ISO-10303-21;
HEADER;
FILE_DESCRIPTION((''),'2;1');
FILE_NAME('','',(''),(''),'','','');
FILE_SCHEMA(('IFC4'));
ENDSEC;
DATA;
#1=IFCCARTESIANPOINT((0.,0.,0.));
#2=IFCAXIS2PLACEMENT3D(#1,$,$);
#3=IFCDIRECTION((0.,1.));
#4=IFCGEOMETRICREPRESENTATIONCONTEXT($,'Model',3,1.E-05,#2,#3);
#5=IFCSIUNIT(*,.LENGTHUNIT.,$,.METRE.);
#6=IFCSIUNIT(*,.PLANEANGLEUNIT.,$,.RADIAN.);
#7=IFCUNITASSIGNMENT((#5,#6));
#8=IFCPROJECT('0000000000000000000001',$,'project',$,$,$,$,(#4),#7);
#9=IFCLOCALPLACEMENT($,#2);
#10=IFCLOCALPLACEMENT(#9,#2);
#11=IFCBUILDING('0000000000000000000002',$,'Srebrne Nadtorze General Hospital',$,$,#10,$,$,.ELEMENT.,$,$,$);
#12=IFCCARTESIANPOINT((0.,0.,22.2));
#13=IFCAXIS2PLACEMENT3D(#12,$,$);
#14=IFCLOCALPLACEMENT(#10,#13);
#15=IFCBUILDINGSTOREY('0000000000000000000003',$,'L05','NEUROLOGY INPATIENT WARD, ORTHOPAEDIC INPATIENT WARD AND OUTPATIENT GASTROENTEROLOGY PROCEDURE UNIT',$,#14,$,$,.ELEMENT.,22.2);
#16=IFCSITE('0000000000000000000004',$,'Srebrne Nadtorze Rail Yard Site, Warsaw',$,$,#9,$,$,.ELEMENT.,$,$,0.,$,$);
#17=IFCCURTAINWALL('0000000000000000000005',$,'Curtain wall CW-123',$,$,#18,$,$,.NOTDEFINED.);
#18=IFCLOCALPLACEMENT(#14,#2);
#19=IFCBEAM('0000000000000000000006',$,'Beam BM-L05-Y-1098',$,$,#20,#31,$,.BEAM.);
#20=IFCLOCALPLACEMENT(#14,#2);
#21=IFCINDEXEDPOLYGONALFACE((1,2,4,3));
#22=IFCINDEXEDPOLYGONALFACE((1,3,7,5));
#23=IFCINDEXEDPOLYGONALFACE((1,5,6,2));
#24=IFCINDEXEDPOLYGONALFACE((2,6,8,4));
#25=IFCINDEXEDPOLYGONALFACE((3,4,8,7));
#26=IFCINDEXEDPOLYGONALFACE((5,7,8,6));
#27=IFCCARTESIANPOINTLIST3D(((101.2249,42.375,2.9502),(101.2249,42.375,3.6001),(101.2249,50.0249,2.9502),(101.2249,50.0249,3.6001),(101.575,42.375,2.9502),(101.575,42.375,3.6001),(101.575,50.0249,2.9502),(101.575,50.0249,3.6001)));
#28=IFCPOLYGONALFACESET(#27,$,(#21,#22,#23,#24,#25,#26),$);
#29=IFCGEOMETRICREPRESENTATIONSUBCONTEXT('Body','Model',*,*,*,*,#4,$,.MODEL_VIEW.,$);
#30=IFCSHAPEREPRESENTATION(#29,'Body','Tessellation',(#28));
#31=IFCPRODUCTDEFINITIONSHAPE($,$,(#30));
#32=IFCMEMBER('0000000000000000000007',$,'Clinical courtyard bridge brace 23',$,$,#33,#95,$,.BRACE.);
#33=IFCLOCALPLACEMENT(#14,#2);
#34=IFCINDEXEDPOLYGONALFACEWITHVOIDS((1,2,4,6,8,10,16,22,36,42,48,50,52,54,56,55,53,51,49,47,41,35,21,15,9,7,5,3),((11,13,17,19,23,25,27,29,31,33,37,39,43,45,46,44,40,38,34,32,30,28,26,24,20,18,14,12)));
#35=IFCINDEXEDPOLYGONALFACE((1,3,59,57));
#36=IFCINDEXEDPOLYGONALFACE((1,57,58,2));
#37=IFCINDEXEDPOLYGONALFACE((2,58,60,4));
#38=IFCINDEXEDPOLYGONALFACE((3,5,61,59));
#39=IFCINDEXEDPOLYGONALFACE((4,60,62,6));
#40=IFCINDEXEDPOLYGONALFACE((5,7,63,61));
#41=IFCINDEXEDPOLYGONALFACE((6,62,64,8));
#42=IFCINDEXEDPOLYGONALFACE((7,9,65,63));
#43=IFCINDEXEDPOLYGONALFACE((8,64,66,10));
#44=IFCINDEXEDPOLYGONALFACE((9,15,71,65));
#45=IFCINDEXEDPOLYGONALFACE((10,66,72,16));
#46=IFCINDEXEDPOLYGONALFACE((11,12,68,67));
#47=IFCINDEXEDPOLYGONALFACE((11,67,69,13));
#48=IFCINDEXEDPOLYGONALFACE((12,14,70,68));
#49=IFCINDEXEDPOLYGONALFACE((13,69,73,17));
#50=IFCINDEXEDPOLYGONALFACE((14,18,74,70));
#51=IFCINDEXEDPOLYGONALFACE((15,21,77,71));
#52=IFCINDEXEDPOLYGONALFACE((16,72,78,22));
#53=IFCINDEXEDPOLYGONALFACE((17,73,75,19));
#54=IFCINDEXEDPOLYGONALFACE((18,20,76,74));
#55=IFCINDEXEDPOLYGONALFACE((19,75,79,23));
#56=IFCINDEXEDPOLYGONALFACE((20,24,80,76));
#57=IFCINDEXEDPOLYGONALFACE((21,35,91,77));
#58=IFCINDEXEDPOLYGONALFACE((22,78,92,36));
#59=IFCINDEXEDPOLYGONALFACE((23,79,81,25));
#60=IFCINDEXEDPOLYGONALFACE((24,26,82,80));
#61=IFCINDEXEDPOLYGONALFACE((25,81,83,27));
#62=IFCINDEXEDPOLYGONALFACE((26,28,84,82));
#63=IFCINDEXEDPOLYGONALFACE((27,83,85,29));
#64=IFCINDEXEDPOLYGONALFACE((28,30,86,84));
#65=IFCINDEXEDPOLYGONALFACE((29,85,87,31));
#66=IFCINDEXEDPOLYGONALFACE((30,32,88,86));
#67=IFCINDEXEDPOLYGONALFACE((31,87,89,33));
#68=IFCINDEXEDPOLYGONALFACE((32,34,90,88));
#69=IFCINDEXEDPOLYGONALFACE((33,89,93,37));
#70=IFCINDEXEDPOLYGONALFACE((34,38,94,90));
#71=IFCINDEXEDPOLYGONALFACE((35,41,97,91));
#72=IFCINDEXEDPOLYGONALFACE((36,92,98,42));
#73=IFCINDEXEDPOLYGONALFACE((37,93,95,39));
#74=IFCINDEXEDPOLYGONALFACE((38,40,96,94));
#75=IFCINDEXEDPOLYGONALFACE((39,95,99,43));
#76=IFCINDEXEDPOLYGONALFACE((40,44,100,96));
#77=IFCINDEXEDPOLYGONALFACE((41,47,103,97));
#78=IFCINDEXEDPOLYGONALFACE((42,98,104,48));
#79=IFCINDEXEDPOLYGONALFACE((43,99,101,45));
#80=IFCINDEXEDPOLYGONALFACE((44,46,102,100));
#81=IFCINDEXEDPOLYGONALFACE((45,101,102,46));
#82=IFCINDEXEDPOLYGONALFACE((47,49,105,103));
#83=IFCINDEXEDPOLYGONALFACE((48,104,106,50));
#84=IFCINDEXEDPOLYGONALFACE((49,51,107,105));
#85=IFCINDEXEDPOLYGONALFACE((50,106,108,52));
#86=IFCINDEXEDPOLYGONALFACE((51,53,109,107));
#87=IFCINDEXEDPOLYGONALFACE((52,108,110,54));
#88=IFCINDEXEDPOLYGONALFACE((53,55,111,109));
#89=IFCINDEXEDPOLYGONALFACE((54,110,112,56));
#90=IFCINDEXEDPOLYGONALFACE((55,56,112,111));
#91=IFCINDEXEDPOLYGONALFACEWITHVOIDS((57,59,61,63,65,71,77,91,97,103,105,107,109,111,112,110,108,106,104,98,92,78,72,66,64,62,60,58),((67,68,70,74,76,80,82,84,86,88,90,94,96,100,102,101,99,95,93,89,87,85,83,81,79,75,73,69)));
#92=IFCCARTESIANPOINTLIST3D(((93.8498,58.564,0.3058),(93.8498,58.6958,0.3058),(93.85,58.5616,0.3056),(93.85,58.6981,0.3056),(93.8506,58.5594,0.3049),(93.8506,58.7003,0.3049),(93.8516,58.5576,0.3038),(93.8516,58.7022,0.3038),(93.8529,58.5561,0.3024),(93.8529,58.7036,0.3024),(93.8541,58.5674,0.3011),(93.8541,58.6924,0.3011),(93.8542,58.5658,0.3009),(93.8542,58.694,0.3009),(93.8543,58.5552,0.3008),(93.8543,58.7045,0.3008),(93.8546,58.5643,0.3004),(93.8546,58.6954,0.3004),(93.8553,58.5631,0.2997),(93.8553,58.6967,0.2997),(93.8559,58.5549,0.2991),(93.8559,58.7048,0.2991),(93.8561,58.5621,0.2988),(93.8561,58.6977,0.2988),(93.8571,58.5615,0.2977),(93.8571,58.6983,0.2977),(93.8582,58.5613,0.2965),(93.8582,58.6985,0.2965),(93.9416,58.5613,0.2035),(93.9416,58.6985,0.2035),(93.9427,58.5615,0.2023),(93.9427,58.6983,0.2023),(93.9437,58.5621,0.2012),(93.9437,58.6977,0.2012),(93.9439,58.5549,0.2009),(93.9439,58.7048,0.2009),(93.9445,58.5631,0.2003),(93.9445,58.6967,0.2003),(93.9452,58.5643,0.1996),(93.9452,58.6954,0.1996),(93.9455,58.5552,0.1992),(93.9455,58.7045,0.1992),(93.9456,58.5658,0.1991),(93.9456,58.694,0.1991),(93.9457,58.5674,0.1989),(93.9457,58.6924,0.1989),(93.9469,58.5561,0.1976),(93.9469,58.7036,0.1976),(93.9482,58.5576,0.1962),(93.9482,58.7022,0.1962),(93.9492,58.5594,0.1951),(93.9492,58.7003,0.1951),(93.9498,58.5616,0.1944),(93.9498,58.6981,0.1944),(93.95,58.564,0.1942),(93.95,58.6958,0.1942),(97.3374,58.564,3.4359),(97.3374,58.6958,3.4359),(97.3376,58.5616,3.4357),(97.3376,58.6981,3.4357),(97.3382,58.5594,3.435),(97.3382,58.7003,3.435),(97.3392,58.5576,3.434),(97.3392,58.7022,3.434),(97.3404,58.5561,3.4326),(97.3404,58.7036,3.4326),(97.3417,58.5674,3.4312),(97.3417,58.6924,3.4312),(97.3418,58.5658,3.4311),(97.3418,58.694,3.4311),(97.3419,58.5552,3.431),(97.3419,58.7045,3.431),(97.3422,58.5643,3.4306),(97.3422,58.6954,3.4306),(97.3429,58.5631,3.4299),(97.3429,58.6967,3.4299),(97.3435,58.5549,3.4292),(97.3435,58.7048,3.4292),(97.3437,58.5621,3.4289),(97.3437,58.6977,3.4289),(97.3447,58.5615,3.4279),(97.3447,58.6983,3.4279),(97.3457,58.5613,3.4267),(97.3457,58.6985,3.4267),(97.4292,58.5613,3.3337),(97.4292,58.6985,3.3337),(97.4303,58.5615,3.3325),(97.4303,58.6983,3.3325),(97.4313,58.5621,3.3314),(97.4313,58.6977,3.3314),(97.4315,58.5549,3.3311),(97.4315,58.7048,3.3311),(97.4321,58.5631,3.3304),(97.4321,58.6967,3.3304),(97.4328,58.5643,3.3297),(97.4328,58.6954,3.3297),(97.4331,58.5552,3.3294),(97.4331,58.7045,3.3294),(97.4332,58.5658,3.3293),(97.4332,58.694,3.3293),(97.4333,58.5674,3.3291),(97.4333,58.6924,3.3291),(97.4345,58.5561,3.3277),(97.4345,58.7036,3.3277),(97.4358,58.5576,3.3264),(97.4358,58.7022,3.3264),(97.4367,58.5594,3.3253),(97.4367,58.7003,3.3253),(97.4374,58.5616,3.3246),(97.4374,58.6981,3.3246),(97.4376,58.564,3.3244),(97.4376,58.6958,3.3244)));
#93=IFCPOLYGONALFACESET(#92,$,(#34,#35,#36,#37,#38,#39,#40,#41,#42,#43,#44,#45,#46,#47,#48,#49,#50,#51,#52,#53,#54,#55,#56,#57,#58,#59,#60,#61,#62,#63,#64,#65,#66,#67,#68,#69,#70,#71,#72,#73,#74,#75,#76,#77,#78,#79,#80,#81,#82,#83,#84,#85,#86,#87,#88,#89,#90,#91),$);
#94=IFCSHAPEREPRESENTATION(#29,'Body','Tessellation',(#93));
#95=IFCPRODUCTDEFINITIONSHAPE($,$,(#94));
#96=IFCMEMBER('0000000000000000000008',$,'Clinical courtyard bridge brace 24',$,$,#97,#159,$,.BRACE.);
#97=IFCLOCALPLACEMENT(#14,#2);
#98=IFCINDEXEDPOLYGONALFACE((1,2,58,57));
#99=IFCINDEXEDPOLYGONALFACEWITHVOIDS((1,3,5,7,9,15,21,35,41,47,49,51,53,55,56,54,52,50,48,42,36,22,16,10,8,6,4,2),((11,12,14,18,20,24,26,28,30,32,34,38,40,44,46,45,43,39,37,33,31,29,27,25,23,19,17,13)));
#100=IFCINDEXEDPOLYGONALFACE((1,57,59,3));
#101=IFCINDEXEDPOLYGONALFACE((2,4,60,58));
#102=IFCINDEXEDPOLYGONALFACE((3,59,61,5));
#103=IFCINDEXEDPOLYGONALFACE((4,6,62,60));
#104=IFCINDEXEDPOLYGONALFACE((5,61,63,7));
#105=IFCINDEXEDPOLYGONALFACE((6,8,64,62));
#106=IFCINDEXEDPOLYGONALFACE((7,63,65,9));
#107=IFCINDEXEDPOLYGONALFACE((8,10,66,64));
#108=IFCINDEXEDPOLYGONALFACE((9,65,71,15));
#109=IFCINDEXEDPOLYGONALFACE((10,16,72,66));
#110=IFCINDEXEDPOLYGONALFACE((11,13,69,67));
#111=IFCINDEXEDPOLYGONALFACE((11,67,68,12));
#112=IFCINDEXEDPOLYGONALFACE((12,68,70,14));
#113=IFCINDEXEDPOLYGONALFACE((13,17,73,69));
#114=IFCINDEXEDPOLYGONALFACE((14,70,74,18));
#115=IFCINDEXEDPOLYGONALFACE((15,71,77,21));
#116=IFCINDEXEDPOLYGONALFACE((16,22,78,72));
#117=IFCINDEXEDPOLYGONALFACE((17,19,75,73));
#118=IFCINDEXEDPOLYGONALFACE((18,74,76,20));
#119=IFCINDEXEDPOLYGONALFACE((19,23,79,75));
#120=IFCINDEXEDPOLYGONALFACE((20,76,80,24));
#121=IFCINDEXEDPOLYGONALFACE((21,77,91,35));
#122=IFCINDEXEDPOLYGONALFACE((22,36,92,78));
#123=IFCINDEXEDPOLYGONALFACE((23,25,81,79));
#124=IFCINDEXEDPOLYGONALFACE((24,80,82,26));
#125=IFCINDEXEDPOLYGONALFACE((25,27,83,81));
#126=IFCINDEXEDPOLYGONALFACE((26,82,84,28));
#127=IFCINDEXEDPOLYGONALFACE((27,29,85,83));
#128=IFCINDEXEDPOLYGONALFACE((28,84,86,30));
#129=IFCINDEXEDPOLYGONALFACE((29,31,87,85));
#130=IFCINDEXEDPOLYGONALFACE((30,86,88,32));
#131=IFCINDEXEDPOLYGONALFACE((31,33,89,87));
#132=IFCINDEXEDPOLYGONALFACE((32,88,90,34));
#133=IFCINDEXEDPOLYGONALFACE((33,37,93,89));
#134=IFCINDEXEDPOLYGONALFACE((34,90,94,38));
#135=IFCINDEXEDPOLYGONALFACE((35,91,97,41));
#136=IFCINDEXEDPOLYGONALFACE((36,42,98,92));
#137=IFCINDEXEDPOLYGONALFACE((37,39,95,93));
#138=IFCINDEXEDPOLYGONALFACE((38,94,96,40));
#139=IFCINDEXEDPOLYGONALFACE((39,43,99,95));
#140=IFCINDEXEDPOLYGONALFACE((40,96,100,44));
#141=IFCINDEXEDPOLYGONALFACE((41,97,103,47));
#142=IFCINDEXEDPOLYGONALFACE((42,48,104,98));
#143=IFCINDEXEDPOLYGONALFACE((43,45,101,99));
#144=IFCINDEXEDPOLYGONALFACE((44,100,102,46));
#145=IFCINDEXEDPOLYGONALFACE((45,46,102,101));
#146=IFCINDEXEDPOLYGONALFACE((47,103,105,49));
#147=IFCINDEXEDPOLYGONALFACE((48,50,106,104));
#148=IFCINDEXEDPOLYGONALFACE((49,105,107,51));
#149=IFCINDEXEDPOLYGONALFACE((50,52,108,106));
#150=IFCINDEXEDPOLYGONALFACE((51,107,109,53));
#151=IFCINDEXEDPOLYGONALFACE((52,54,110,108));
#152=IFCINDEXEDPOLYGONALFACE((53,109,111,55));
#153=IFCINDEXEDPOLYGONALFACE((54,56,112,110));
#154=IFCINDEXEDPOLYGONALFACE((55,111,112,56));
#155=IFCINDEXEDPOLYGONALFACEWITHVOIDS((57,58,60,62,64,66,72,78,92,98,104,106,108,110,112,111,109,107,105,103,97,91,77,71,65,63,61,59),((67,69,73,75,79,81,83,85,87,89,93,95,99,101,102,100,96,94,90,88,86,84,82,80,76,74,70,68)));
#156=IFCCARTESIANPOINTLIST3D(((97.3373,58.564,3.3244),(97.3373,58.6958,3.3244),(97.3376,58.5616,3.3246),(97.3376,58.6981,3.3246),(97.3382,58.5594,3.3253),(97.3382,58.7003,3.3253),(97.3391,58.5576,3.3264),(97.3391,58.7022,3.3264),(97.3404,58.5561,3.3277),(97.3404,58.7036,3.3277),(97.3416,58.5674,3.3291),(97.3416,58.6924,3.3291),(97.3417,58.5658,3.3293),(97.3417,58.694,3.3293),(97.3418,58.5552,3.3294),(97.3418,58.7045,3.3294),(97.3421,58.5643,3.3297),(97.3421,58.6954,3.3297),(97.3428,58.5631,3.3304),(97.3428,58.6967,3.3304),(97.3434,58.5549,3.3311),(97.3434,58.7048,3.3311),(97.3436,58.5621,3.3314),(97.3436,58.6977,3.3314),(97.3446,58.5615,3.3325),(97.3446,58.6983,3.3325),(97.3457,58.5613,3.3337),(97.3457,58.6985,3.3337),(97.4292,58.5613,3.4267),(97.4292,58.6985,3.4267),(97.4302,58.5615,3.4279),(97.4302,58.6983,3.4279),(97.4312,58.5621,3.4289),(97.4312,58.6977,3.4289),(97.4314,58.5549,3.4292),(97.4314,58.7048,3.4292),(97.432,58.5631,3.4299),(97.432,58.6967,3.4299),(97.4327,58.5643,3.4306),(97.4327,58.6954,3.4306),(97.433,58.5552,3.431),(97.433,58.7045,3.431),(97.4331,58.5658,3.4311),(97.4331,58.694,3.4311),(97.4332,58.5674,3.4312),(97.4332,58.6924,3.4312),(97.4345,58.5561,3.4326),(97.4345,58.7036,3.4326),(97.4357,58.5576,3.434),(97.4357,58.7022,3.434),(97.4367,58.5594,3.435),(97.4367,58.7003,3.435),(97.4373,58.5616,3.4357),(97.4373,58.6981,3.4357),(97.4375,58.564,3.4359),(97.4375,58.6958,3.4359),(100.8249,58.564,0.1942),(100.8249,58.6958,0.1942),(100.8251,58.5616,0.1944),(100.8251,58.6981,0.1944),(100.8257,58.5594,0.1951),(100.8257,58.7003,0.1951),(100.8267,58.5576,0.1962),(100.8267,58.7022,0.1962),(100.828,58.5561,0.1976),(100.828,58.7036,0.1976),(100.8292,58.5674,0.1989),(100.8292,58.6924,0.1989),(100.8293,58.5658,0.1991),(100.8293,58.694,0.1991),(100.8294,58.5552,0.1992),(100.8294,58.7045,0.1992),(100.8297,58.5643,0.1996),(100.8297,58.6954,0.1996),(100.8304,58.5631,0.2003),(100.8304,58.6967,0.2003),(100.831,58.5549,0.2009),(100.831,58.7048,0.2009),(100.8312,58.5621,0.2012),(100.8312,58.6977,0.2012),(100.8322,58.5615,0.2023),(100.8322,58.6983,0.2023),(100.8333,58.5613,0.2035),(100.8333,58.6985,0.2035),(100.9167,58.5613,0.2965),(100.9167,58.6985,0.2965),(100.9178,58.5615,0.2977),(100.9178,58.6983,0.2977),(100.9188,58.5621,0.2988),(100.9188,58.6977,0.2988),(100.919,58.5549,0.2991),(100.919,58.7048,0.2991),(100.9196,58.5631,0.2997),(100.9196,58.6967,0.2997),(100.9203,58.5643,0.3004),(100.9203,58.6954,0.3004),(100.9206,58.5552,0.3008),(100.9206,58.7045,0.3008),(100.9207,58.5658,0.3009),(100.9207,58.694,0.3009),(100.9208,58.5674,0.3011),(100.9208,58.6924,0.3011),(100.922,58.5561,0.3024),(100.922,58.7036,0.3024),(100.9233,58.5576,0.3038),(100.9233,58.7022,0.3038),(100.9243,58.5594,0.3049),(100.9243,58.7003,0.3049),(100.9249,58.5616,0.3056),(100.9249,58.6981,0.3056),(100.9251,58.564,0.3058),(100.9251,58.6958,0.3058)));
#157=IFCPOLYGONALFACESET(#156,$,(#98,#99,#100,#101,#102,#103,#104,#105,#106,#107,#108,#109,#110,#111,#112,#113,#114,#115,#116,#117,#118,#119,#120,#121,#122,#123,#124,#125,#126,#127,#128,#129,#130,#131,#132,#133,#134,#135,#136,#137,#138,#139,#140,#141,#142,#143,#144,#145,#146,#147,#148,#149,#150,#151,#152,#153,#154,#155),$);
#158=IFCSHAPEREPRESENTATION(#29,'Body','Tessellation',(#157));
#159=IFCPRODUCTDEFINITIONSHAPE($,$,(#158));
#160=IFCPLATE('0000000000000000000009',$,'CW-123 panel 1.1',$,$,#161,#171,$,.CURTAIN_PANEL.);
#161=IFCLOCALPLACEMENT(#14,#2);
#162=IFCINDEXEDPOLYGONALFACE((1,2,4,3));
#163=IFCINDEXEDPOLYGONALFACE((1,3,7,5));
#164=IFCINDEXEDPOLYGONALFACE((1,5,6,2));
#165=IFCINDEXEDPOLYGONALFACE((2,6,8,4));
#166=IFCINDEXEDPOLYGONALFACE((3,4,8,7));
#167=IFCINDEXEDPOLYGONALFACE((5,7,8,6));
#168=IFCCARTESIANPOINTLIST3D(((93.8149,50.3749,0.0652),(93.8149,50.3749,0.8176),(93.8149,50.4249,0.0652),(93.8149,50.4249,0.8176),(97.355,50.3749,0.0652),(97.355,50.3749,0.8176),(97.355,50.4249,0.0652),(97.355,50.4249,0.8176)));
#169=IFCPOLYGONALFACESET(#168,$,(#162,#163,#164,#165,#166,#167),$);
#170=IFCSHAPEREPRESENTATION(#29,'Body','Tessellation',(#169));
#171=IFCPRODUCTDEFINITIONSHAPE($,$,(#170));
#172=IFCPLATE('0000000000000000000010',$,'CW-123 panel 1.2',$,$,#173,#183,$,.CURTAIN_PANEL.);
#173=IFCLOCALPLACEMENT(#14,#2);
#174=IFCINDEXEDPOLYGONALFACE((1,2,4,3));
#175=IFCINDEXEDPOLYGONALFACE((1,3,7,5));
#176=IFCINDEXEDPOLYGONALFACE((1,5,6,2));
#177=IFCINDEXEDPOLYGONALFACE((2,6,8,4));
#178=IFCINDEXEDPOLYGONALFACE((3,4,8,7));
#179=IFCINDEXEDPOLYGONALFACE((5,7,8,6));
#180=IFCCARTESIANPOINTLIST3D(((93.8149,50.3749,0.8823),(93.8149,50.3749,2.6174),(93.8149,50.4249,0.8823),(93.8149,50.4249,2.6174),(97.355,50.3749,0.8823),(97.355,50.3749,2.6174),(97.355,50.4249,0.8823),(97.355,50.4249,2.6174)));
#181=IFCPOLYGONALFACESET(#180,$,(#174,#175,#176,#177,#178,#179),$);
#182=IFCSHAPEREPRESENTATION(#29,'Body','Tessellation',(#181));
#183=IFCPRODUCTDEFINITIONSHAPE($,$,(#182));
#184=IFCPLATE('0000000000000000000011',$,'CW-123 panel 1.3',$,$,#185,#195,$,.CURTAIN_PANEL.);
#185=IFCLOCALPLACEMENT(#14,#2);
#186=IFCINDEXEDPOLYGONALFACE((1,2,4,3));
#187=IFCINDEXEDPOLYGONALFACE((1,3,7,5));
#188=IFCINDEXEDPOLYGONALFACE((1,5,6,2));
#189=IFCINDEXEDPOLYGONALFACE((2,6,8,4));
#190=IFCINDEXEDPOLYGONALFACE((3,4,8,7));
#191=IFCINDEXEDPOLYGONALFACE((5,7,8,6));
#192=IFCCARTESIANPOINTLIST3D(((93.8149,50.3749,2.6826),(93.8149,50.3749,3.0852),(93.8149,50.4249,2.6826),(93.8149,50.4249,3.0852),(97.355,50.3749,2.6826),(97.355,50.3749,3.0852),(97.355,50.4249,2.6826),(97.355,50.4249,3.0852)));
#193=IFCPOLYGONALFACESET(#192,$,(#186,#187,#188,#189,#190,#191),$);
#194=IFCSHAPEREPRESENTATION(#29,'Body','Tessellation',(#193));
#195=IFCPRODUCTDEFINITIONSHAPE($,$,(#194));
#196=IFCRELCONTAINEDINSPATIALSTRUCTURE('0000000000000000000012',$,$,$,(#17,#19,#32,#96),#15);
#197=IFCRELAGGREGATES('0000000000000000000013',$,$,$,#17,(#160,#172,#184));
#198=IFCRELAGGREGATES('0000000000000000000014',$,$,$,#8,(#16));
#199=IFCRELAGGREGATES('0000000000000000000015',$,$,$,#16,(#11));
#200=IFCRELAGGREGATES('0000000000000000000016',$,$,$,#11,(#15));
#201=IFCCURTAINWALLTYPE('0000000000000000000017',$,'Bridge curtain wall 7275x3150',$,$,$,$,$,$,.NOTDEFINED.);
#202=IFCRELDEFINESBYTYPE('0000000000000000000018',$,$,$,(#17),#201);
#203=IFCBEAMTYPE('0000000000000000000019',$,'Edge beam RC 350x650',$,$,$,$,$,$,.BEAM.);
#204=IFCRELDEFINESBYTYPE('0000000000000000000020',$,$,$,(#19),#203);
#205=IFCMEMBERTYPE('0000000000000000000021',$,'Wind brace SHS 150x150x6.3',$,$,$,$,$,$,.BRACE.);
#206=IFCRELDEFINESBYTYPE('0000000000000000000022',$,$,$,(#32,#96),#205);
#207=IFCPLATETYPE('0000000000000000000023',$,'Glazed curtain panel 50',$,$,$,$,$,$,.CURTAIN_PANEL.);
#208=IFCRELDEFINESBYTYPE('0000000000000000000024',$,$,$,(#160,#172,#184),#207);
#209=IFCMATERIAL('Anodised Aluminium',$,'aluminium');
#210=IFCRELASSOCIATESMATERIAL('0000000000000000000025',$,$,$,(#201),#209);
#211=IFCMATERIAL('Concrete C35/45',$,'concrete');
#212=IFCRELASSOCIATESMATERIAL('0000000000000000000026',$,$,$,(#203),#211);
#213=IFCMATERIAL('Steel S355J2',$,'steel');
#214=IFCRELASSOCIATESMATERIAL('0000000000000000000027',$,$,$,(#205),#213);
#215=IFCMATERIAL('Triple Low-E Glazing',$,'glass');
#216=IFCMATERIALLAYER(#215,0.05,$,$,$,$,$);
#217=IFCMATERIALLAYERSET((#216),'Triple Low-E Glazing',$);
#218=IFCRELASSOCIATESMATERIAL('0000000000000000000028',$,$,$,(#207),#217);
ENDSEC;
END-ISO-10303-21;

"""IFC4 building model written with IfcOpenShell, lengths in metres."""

from ifc_helpers import new_model, si_unit, direction, frame, origin, origin_2d, place, context, subcontext, project, spatial, rectangle, hollow_rectangle, extrude, material, layer, layer_set, material_profile, profile_set, type_object, element, aggregate, save


model = new_model("IFC4")

# Units and contexts
model_context = context("Model", 3, precision=1e-05, world=origin(), true_north=direction((0.0, 1.0)))
body_context = subcontext(model_context, "Body", "Model", "MODEL_VIEW")
ifc_project = project(units=[si_unit("LENGTHUNIT", "METRE"), si_unit("PLANEANGLEUNIT", "RADIAN")], contexts=[model_context])

# Site, building, storey
site_placement = place(None, origin())
site = spatial("IfcSite", under=ifc_project, at=site_placement, Name="Srebrne Nadtorze Rail Yard Site, Warsaw", CompositionType="ELEMENT", RefElevation=0.0)
building_placement = place(site_placement, origin())
building = spatial("IfcBuilding", under=site, at=building_placement, Name="Srebrne Nadtorze General Hospital", CompositionType="ELEMENT")
storey_placement = place(building_placement, frame((0.0, 0.0, 22.2)))
storey = spatial("IfcBuildingStorey", under=building, at=storey_placement, Name="L05", Description="NEUROLOGY INPATIENT WARD, ORTHOPAEDIC INPATIENT WARD AND OUTPATIENT GASTROENTEROLOGY PROCEDURE UNIT", CompositionType="ELEMENT", Elevation=22.2)

# Curtain wall
ifc_material_1 = material(Name="Anodised Aluminium", Category="aluminium")
curtain_wall_type_1 = type_object("IfcCurtainWallType", Name="Bridge curtain wall 7275x3150", PredefinedType="NOTDEFINED", material=ifc_material_1)
curtain_wall_1_placement = place(storey_placement, origin())
curtain_wall_1 = element("IfcCurtainWall", 1, at=curtain_wall_1_placement, inside=storey, type_object=curtain_wall_type_1, Name="Curtain wall CW-123", PredefinedType="NOTDEFINED")

# Beam
ifc_material_2 = material(Name="Concrete C35/45", Category="concrete")
ifc_material_profile_1 = material_profile(ifc_material_2, rectangle(XDim=0.3501, YDim=0.6499, at=origin_2d()), Name="RC-BM-350x650")
ifc_profile_set_1 = profile_set([ifc_material_profile_1], Name="Concrete C35/45")
beam_type_1 = type_object("IfcBeamType", Name="Edge beam RC 350x650", PredefinedType="BEAM", material=ifc_profile_set_1)
beam_placement = place(storey_placement, frame((101.3999, 42.375, 3.2751), z_axis=(0.0, 1.0, 0.0), x_axis=(-1.0, 0.0, 0.0)))
element("IfcBeam", 2, at=beam_placement, inside=storey, type_object=beam_type_1, Name="Beam BM-L05-Y-1098", PredefinedType="BEAM", context=body_context, shape_type="SweptSolid", body=[
    extrude(rectangle(XDim=0.3501, YDim=0.6499, at=origin_2d()), origin(), (0.0, 0.0, 1.0), 7.6499),
])

# Members
ifc_material_3 = material(Name="Steel S355J2", Category="steel")
ifc_material_profile_2 = material_profile(ifc_material_3, hollow_rectangle(XDim=0.1499, YDim=0.1499, WallThickness=0.0063, InnerFilletRadius=0.0061, OuterFilletRadius=0.009, at=origin_2d()), Name="SHS-150x150x6.3")
ifc_profile_set_2 = profile_set([ifc_material_profile_2], Name="Steel S355J2")
member_type_1 = type_object("IfcMemberType", Name="Wind brace SHS 150x150x6.3", PredefinedType="BRACE", material=ifc_profile_set_2)
for number, where, z_axis, x_axis, name in (
    (3, (93.8999, 58.6299, 0.25), (0.744213, 0.0, 0.667942), (0.0, 1.0, 0.0), "Clinical courtyard bridge brace 23"),
    (4, (100.875, 58.6299, 0.25), (-0.744213, 0.0, 0.667942), (0.0, -1.0, 0.0), "Clinical courtyard bridge brace 24"),
):
    element("IfcMember", number, at=place(storey_placement, frame(where, z_axis=z_axis, x_axis=x_axis)), inside=storey, type_object=member_type_1, Name=name, PredefinedType="BRACE", context=body_context, shape_type="SweptSolid", body=[
        extrude(hollow_rectangle(XDim=0.1499, YDim=0.1499, WallThickness=0.0063, InnerFilletRadius=0.0061, OuterFilletRadius=0.009, at=origin_2d()), origin(), (0.0, 0.0, 1.0), 4.6863),
    ])

# Plates
ifc_material_4 = material(Name="Triple Low-E Glazing", Category="glass")
ifc_layer_1 = layer(ifc_material_4, 0.05)
ifc_layer_set_1 = layer_set([ifc_layer_1], Name="Triple Low-E Glazing")
plate_type_1 = type_object("IfcPlateType", Name="Glazed curtain panel 50", PredefinedType="CURTAIN_PANEL", material=ifc_layer_set_1)
plate_1_placement = place(storey_placement, frame((95.585, 50.3999, 0.0652), z_axis=(0.0, 0.0, 1.0), x_axis=(1.0, 0.0, 0.0)))
plate_1 = element("IfcPlate", 5, at=plate_1_placement, type_object=plate_type_1, Name="CW-123 panel 1.1", PredefinedType="CURTAIN_PANEL", context=body_context, shape_type="SweptSolid", body=[
    extrude(rectangle(XDim=3.54, YDim=0.05, at=origin_2d()), origin(), (0.0, 0.0, 1.0), 0.7524),
])
plate_2_placement = place(storey_placement, frame((95.585, 50.3999, 0.8823), z_axis=(0.0, 0.0, 1.0), x_axis=(1.0, 0.0, 0.0)))
plate_2 = element("IfcPlate", 6, at=plate_2_placement, type_object=plate_type_1, Name="CW-123 panel 1.2", PredefinedType="CURTAIN_PANEL", context=body_context, shape_type="SweptSolid", body=[
    extrude(rectangle(XDim=3.54, YDim=0.05, at=origin_2d()), origin(), (0.0, 0.0, 1.0), 1.7351),
])
plate_3_placement = place(storey_placement, frame((95.585, 50.3999, 2.6826), z_axis=(0.0, 0.0, 1.0), x_axis=(1.0, 0.0, 0.0)))
plate_3 = element("IfcPlate", 7, at=plate_3_placement, type_object=plate_type_1, Name="CW-123 panel 1.3", PredefinedType="CURTAIN_PANEL", context=body_context, shape_type="SweptSolid", body=[
    extrude(rectangle(XDim=3.54, YDim=0.05, at=origin_2d()), origin(), (0.0, 0.0, 1.0), 0.4026),
])
aggregate(curtain_wall_1, [plate_1, plate_2, plate_3])

save(model, "model.ifc")
